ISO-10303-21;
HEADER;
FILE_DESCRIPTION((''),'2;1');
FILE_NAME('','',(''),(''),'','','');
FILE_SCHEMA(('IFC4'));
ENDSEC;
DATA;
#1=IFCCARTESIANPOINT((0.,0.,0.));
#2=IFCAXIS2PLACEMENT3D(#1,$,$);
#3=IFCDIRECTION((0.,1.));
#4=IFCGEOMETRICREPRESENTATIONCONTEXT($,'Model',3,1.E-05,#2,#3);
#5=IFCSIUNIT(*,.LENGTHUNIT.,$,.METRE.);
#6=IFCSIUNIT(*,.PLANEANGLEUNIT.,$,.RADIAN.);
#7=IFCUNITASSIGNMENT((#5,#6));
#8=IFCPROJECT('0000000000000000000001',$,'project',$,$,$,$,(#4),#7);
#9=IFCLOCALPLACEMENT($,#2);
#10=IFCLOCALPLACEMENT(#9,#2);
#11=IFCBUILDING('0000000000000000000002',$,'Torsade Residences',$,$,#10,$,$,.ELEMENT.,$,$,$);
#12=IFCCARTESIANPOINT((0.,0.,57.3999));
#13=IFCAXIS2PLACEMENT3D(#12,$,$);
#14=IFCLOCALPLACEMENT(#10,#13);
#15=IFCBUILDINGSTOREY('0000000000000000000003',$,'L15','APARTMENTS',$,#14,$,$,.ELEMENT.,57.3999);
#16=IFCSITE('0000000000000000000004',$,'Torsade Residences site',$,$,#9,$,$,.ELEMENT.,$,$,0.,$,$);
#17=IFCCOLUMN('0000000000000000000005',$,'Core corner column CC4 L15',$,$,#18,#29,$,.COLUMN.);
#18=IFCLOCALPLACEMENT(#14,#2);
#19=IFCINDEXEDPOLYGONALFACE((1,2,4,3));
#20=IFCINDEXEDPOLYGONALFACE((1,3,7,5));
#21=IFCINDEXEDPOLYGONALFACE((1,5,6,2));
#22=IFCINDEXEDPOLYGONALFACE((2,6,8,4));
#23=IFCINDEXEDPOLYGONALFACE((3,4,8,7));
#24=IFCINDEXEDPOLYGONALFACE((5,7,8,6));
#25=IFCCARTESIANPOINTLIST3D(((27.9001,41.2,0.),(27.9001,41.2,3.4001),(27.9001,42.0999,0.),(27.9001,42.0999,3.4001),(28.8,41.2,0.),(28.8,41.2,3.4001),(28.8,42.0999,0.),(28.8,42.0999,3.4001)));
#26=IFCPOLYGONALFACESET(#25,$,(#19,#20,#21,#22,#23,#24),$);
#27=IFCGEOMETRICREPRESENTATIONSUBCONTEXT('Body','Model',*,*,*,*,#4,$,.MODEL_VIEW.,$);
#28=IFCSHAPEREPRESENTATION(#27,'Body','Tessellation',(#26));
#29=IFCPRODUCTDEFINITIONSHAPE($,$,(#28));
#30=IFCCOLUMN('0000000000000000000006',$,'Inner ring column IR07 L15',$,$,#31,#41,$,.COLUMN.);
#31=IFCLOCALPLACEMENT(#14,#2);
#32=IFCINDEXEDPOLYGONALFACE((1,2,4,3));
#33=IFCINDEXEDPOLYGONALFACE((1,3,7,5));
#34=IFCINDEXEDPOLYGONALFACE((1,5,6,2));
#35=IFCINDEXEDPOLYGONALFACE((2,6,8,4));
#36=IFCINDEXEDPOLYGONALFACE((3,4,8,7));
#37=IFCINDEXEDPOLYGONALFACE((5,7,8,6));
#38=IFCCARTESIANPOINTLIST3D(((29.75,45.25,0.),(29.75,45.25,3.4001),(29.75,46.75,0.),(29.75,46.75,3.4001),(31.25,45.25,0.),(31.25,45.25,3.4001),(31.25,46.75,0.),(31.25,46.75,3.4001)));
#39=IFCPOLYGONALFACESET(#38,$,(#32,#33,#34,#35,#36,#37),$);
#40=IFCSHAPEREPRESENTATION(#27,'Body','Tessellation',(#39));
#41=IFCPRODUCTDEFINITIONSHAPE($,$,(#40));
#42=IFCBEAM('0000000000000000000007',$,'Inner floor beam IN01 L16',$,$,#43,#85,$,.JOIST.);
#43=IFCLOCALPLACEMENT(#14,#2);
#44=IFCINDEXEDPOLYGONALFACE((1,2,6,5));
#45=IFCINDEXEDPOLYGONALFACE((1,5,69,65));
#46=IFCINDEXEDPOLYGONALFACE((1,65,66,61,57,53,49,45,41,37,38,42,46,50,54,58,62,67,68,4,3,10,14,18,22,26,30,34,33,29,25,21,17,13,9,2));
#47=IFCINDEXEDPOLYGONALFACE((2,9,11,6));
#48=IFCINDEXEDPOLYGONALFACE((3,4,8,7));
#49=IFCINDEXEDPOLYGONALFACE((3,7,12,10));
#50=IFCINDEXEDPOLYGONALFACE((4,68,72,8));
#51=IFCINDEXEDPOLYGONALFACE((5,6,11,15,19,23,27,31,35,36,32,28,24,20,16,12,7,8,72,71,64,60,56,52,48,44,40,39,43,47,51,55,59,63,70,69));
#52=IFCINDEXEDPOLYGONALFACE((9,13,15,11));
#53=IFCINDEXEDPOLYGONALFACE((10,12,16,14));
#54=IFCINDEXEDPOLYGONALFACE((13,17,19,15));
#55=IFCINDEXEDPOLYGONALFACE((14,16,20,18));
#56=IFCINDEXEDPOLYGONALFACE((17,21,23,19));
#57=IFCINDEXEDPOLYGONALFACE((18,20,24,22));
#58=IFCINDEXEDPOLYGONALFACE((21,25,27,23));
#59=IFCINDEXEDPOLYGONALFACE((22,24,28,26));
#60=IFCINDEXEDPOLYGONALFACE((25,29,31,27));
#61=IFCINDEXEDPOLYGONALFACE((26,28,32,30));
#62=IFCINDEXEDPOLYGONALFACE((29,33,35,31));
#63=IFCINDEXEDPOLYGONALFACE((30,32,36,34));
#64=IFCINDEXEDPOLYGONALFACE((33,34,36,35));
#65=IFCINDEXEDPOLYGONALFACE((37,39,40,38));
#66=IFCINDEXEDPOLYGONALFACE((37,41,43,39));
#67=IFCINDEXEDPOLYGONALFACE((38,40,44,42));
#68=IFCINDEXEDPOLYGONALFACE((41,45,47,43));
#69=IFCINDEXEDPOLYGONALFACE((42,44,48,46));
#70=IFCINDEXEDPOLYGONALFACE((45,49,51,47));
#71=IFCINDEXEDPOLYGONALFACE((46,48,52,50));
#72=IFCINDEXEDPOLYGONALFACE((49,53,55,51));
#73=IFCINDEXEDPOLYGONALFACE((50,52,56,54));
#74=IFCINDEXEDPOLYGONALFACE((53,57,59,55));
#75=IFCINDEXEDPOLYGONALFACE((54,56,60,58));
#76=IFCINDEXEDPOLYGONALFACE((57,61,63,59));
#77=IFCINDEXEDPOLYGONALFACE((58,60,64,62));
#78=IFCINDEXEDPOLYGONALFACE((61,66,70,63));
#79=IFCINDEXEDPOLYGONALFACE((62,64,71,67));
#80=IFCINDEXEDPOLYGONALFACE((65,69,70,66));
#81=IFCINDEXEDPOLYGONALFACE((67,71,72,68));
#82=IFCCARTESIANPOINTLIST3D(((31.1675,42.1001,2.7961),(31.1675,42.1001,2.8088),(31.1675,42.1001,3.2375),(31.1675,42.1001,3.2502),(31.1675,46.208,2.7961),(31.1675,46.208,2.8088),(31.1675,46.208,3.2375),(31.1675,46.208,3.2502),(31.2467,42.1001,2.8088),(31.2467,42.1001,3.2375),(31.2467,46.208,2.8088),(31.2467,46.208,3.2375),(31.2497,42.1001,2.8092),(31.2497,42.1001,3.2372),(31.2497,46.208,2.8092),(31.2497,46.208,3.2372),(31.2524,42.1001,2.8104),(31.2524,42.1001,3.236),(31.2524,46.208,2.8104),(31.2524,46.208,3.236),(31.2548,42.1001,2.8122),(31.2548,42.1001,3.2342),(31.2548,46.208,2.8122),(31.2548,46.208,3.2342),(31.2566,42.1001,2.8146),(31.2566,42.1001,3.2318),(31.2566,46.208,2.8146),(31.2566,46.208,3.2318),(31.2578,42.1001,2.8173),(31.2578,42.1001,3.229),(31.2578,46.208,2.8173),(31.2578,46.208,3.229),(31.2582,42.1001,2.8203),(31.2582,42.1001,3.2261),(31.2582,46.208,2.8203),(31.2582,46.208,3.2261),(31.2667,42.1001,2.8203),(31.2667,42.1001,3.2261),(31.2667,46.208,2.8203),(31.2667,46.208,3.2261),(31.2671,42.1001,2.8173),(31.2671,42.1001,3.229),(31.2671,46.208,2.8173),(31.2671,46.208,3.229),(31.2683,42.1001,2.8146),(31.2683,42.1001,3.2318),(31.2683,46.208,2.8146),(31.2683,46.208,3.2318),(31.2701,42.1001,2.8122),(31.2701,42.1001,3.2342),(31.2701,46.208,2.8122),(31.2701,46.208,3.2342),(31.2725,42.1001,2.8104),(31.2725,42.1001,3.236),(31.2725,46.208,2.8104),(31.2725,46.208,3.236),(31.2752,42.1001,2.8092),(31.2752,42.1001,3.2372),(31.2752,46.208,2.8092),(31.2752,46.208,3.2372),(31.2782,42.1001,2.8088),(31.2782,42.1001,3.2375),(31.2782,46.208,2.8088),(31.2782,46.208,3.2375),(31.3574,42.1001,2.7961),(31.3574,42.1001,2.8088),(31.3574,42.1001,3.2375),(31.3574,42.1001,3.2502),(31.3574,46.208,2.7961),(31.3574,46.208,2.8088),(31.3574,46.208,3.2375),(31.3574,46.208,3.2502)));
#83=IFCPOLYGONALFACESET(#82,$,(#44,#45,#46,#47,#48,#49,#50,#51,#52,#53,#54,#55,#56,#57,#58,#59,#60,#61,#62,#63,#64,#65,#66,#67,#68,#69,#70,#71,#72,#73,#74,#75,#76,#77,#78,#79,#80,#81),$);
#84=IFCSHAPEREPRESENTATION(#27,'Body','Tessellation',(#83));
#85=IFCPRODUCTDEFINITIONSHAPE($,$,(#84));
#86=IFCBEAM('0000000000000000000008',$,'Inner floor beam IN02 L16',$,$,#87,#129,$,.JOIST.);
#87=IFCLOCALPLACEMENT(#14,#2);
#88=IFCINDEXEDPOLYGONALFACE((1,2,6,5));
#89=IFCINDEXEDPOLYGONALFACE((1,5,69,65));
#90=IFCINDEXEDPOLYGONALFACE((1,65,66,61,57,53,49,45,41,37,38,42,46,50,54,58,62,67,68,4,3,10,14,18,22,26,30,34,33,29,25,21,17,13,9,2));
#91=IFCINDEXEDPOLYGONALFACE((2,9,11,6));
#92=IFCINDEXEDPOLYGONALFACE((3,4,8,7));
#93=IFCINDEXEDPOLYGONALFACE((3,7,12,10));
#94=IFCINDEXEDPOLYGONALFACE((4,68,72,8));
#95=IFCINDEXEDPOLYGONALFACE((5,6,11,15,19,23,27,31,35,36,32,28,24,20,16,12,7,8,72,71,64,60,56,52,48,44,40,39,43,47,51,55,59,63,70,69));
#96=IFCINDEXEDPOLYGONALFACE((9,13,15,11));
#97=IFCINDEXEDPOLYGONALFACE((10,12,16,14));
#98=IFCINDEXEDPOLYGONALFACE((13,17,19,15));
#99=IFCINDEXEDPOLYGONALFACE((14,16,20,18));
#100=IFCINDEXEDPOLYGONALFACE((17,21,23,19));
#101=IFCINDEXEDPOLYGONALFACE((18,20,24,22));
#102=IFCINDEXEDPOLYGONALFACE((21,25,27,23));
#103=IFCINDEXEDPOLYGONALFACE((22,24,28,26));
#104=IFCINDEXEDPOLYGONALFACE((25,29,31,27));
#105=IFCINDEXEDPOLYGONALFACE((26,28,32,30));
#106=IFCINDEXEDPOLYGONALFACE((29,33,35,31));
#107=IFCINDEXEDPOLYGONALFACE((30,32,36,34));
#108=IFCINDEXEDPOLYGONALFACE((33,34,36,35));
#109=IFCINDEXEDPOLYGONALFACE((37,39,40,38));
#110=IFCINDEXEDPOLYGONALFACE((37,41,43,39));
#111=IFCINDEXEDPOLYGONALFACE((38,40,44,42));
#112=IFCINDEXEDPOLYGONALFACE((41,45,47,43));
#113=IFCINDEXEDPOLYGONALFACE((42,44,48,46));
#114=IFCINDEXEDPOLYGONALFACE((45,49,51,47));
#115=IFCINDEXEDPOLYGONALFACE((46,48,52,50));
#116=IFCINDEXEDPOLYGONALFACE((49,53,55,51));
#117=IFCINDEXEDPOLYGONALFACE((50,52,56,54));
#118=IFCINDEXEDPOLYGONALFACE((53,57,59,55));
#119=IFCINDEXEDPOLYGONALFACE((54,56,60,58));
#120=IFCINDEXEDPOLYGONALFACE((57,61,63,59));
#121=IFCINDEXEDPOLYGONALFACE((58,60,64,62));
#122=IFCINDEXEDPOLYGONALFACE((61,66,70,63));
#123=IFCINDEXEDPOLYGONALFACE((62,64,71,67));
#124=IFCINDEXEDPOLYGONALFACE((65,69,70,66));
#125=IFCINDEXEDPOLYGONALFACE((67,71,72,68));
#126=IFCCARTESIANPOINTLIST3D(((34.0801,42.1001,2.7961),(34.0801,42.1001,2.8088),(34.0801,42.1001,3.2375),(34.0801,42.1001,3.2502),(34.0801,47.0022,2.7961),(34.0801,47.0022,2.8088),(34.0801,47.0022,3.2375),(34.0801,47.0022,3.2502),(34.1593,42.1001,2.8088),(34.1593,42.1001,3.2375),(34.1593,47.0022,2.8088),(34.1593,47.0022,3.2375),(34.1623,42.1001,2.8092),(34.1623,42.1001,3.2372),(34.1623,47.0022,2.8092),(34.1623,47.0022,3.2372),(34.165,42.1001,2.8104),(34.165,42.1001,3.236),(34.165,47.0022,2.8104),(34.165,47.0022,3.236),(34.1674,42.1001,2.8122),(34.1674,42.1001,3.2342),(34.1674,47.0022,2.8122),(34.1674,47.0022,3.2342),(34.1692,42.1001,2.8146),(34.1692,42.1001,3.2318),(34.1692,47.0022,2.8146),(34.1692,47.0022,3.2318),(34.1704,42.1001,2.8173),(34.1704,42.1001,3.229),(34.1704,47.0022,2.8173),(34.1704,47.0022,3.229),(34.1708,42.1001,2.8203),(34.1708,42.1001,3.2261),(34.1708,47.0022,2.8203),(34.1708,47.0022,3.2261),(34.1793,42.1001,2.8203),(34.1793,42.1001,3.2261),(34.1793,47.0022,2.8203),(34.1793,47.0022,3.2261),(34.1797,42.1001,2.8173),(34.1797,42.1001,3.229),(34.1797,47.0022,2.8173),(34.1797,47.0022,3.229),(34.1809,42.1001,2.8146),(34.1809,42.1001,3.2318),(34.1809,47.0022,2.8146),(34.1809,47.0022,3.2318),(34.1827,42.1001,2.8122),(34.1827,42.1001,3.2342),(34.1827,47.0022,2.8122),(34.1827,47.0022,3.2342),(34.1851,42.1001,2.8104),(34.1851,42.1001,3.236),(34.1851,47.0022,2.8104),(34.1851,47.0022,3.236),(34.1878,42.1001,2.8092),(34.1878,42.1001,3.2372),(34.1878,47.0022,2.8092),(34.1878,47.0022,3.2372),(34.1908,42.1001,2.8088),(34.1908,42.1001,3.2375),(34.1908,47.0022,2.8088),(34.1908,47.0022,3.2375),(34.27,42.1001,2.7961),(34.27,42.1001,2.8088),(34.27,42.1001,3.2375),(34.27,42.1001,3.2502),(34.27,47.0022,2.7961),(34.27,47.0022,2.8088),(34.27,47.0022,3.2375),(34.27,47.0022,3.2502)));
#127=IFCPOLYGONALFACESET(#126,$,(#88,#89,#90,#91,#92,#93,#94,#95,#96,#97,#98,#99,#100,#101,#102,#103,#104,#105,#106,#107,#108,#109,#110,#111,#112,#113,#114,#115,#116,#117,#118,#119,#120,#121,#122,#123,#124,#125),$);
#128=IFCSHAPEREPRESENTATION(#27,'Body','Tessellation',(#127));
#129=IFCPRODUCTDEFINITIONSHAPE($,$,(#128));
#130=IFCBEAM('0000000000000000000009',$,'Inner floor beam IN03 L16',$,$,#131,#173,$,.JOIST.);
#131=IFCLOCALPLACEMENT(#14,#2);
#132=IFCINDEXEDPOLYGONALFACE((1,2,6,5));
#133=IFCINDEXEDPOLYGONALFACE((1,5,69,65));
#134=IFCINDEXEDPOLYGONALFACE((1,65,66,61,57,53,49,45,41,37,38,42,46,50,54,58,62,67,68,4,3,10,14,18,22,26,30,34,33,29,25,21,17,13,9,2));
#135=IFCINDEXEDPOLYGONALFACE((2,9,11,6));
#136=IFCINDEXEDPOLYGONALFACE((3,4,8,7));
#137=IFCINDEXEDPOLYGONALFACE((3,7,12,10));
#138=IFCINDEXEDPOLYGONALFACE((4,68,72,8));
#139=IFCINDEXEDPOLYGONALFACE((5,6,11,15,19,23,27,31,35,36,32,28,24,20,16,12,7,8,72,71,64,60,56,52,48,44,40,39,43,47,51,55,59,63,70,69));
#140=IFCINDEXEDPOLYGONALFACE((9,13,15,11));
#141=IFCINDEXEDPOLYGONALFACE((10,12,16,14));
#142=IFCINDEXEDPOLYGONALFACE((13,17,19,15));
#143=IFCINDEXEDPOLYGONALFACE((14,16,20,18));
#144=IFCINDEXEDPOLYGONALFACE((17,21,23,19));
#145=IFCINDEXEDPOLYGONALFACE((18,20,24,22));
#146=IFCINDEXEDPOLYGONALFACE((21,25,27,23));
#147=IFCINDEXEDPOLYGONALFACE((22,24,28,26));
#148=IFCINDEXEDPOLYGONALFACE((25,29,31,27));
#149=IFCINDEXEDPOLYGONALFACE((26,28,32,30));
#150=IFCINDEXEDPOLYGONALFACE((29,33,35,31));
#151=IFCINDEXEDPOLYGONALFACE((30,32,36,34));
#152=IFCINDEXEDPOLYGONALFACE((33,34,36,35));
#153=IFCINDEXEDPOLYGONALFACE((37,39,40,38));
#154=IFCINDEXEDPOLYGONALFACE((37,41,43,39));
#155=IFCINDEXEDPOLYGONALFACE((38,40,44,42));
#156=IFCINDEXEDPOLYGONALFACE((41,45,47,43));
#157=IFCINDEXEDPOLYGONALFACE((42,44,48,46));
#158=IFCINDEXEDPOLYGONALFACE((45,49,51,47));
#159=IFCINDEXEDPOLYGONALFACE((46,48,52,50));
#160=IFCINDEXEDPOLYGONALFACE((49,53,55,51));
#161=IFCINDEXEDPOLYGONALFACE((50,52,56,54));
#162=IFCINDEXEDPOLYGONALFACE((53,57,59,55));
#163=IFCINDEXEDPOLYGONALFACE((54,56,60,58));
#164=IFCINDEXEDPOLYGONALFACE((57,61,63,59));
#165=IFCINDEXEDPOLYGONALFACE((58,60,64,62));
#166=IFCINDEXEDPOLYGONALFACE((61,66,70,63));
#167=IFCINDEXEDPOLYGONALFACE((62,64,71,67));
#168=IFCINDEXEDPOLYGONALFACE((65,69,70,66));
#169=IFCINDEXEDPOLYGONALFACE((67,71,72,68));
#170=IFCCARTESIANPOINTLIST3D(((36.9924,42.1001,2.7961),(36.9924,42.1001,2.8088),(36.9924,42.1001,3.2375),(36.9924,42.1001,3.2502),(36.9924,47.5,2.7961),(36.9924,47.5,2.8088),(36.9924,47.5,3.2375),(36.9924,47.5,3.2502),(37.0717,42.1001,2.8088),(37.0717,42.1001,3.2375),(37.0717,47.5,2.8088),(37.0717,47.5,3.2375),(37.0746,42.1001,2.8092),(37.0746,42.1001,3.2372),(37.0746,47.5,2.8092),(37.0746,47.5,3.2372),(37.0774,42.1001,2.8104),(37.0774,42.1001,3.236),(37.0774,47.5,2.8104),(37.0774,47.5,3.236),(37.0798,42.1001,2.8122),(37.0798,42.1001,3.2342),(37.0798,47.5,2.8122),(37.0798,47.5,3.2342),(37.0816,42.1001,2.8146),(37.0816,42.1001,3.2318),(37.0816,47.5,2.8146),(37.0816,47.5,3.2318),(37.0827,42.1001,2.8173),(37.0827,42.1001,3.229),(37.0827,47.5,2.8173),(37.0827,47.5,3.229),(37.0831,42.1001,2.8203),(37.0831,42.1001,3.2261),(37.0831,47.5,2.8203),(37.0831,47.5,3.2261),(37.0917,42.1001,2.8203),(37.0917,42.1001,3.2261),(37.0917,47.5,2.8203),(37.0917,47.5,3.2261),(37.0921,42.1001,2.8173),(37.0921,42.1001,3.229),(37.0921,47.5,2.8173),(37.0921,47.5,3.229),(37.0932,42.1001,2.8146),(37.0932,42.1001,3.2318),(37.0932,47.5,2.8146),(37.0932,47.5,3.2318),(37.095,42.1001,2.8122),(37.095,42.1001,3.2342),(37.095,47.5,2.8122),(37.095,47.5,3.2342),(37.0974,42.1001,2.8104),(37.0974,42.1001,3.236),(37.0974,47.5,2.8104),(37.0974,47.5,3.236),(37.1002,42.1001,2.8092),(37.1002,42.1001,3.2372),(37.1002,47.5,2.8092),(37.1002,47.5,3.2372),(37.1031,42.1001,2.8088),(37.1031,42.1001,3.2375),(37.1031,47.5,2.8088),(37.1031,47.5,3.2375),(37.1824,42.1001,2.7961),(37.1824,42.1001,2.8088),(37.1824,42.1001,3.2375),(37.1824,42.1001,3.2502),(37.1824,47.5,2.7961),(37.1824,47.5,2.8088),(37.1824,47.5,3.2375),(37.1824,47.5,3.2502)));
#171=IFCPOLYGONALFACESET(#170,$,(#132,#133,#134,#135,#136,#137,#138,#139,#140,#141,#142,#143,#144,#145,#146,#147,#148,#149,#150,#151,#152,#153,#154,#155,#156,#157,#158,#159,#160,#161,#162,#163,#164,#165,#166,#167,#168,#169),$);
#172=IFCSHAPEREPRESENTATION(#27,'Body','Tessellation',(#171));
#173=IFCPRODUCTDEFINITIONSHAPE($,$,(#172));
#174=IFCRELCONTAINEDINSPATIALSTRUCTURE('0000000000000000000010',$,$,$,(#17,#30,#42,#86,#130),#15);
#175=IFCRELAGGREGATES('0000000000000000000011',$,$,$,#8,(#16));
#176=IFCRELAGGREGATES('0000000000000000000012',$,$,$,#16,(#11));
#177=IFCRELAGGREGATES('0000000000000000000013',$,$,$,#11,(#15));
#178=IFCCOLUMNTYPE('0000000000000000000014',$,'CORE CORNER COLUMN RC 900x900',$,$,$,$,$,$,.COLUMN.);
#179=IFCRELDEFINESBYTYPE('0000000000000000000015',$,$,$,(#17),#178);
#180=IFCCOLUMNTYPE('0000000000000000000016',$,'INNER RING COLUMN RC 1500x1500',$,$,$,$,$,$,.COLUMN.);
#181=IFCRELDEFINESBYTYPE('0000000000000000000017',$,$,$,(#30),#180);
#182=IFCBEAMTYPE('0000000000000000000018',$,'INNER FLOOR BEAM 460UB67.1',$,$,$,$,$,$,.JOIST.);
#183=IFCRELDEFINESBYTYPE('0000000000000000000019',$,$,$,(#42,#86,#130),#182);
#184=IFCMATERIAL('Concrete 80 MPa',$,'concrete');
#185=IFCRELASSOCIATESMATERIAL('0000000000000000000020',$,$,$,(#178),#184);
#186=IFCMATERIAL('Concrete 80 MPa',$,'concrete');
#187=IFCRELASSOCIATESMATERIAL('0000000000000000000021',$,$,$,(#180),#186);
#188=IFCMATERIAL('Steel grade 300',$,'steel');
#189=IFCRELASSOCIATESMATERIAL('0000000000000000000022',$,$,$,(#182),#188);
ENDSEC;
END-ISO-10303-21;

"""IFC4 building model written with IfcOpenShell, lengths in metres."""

from ifc_helpers import new_model, si_unit, direction, frame, origin, origin_2d, place, context, subcontext, project, spatial, rectangle, i_section, extrude, material, material_profile, profile_set, type_object, element, save


model = new_model("IFC4")

# Units and contexts
model_context = context("Model", 3, precision=1e-05, world=origin(), true_north=direction((0.0, 1.0)))
body_context = subcontext(model_context, "Body", "Model", "MODEL_VIEW")
ifc_project = project(units=[si_unit("LENGTHUNIT", "METRE"), si_unit("PLANEANGLEUNIT", "RADIAN")], contexts=[model_context])

# Site, building, storey
site_placement = place(None, origin())
site = spatial("IfcSite", under=ifc_project, at=site_placement, Name="Torsade Residences site", CompositionType="ELEMENT", RefElevation=0.0)
building_placement = place(site_placement, origin())
building = spatial("IfcBuilding", under=site, at=building_placement, Name="Torsade Residences", CompositionType="ELEMENT")
storey_placement = place(building_placement, frame((0.0, 0.0, 57.3999)))
storey = spatial("IfcBuildingStorey", under=building, at=storey_placement, Name="L15", Description="APARTMENTS", CompositionType="ELEMENT", Elevation=57.3999)

# Columns
ifc_material_1 = material(Name="Concrete 80 MPa", Category="concrete")
ifc_material_profile_1 = material_profile(ifc_material_1, rectangle(XDim=0.8999, YDim=0.8999, at=origin_2d()), Name="RC 900x900")
ifc_profile_set_1 = profile_set([ifc_material_profile_1], Name="Concrete 80 MPa")
column_type_1 = type_object("IfcColumnType", Name="CORE CORNER COLUMN RC 900x900", PredefinedType="COLUMN", material=ifc_profile_set_1)
column_1_placement = place(storey_placement, frame((28.3501, 41.6499, 0.0), z_axis=(0.0, 0.0, 1.0), x_axis=(1.0, 0.0, 0.0)))
element("IfcColumn", 1, at=column_1_placement, inside=storey, type_object=column_type_1, Name="Core corner column CC4 L15", PredefinedType="COLUMN", context=body_context, shape_type="SweptSolid", body=[
    extrude(rectangle(XDim=0.8999, YDim=0.8999, at=origin_2d()), origin(), (0.0, 0.0, 1.0), 3.4001),
])
ifc_material_2 = material(Name="Concrete 80 MPa", Category="concrete")
ifc_material_profile_2 = material_profile(ifc_material_2, rectangle(XDim=1.5, YDim=1.5, at=origin_2d()), Name="RC 1500x1500")
ifc_profile_set_2 = profile_set([ifc_material_profile_2], Name="Concrete 80 MPa")
column_type_2 = type_object("IfcColumnType", Name="INNER RING COLUMN RC 1500x1500", PredefinedType="COLUMN", material=ifc_profile_set_2)
column_2_placement = place(storey_placement, frame((30.5, 46.0, 0.0), z_axis=(0.0, 0.0, 1.0), x_axis=(1.0, 0.0, 0.0)))
element("IfcColumn", 2, at=column_2_placement, inside=storey, type_object=column_type_2, Name="Inner ring column IR07 L15", PredefinedType="COLUMN", context=body_context, shape_type="SweptSolid", body=[
    extrude(rectangle(XDim=1.5, YDim=1.5, at=origin_2d()), origin(), (0.0, 0.0, 1.0), 3.4001),
])

# Beams
ifc_material_3 = material(Name="Steel grade 300", Category="steel")
ifc_material_profile_3 = material_profile(ifc_material_3, i_section(OverallWidth=0.1899, OverallDepth=0.4541, WebThickness=0.0085, FlangeThickness=0.0127, FilletRadius=0.0115, at=origin_2d()), Name="460UB67.1")
ifc_profile_set_3 = profile_set([ifc_material_profile_3], Name="Steel grade 300")
beam_type = type_object("IfcBeamType", Name="INNER FLOOR BEAM 460UB67.1", PredefinedType="JOIST", material=ifc_profile_set_3)
beam_1_placement = place(storey_placement, frame((31.2625, 42.1001, 3.0232), z_axis=(0.0, 1.0, 0.0), x_axis=(-1.0, 0.0, 0.0)))
element("IfcBeam", 3, at=beam_1_placement, inside=storey, type_object=beam_type, Name="Inner floor beam IN01 L16", PredefinedType="JOIST", context=body_context, shape_type="SweptSolid", body=[
    extrude(i_section(OverallWidth=0.1899, OverallDepth=0.4541, WebThickness=0.0085, FlangeThickness=0.0127, FilletRadius=0.0115, at=origin_2d()), origin(), (0.0, 0.0, 1.0), 4.1079),
])
beam_2_placement = place(storey_placement, frame((34.175, 42.1001, 3.0232), z_axis=(0.0, 1.0, 0.0), x_axis=(-1.0, 0.0, 0.0)))
element("IfcBeam", 4, at=beam_2_placement, inside=storey, type_object=beam_type, Name="Inner floor beam IN02 L16", PredefinedType="JOIST", context=body_context, shape_type="SweptSolid", body=[
    extrude(i_section(OverallWidth=0.1899, OverallDepth=0.4541, WebThickness=0.0085, FlangeThickness=0.0127, FilletRadius=0.0115, at=origin_2d()), origin(), (0.0, 0.0, 1.0), 4.9021),
])
beam_3_placement = place(storey_placement, frame((37.0874, 42.1001, 3.0232), z_axis=(0.0, 1.0, 0.0), x_axis=(-1.0, 0.0, 0.0)))
element("IfcBeam", 5, at=beam_3_placement, inside=storey, type_object=beam_type, Name="Inner floor beam IN03 L16", PredefinedType="JOIST", context=body_context, shape_type="SweptSolid", body=[
    extrude(i_section(OverallWidth=0.1899, OverallDepth=0.4541, WebThickness=0.0085, FlangeThickness=0.0127, FilletRadius=0.0115, at=origin_2d()), origin(), (0.0, 0.0, 1.0), 5.3999),
])

save(model, "model.ifc")
